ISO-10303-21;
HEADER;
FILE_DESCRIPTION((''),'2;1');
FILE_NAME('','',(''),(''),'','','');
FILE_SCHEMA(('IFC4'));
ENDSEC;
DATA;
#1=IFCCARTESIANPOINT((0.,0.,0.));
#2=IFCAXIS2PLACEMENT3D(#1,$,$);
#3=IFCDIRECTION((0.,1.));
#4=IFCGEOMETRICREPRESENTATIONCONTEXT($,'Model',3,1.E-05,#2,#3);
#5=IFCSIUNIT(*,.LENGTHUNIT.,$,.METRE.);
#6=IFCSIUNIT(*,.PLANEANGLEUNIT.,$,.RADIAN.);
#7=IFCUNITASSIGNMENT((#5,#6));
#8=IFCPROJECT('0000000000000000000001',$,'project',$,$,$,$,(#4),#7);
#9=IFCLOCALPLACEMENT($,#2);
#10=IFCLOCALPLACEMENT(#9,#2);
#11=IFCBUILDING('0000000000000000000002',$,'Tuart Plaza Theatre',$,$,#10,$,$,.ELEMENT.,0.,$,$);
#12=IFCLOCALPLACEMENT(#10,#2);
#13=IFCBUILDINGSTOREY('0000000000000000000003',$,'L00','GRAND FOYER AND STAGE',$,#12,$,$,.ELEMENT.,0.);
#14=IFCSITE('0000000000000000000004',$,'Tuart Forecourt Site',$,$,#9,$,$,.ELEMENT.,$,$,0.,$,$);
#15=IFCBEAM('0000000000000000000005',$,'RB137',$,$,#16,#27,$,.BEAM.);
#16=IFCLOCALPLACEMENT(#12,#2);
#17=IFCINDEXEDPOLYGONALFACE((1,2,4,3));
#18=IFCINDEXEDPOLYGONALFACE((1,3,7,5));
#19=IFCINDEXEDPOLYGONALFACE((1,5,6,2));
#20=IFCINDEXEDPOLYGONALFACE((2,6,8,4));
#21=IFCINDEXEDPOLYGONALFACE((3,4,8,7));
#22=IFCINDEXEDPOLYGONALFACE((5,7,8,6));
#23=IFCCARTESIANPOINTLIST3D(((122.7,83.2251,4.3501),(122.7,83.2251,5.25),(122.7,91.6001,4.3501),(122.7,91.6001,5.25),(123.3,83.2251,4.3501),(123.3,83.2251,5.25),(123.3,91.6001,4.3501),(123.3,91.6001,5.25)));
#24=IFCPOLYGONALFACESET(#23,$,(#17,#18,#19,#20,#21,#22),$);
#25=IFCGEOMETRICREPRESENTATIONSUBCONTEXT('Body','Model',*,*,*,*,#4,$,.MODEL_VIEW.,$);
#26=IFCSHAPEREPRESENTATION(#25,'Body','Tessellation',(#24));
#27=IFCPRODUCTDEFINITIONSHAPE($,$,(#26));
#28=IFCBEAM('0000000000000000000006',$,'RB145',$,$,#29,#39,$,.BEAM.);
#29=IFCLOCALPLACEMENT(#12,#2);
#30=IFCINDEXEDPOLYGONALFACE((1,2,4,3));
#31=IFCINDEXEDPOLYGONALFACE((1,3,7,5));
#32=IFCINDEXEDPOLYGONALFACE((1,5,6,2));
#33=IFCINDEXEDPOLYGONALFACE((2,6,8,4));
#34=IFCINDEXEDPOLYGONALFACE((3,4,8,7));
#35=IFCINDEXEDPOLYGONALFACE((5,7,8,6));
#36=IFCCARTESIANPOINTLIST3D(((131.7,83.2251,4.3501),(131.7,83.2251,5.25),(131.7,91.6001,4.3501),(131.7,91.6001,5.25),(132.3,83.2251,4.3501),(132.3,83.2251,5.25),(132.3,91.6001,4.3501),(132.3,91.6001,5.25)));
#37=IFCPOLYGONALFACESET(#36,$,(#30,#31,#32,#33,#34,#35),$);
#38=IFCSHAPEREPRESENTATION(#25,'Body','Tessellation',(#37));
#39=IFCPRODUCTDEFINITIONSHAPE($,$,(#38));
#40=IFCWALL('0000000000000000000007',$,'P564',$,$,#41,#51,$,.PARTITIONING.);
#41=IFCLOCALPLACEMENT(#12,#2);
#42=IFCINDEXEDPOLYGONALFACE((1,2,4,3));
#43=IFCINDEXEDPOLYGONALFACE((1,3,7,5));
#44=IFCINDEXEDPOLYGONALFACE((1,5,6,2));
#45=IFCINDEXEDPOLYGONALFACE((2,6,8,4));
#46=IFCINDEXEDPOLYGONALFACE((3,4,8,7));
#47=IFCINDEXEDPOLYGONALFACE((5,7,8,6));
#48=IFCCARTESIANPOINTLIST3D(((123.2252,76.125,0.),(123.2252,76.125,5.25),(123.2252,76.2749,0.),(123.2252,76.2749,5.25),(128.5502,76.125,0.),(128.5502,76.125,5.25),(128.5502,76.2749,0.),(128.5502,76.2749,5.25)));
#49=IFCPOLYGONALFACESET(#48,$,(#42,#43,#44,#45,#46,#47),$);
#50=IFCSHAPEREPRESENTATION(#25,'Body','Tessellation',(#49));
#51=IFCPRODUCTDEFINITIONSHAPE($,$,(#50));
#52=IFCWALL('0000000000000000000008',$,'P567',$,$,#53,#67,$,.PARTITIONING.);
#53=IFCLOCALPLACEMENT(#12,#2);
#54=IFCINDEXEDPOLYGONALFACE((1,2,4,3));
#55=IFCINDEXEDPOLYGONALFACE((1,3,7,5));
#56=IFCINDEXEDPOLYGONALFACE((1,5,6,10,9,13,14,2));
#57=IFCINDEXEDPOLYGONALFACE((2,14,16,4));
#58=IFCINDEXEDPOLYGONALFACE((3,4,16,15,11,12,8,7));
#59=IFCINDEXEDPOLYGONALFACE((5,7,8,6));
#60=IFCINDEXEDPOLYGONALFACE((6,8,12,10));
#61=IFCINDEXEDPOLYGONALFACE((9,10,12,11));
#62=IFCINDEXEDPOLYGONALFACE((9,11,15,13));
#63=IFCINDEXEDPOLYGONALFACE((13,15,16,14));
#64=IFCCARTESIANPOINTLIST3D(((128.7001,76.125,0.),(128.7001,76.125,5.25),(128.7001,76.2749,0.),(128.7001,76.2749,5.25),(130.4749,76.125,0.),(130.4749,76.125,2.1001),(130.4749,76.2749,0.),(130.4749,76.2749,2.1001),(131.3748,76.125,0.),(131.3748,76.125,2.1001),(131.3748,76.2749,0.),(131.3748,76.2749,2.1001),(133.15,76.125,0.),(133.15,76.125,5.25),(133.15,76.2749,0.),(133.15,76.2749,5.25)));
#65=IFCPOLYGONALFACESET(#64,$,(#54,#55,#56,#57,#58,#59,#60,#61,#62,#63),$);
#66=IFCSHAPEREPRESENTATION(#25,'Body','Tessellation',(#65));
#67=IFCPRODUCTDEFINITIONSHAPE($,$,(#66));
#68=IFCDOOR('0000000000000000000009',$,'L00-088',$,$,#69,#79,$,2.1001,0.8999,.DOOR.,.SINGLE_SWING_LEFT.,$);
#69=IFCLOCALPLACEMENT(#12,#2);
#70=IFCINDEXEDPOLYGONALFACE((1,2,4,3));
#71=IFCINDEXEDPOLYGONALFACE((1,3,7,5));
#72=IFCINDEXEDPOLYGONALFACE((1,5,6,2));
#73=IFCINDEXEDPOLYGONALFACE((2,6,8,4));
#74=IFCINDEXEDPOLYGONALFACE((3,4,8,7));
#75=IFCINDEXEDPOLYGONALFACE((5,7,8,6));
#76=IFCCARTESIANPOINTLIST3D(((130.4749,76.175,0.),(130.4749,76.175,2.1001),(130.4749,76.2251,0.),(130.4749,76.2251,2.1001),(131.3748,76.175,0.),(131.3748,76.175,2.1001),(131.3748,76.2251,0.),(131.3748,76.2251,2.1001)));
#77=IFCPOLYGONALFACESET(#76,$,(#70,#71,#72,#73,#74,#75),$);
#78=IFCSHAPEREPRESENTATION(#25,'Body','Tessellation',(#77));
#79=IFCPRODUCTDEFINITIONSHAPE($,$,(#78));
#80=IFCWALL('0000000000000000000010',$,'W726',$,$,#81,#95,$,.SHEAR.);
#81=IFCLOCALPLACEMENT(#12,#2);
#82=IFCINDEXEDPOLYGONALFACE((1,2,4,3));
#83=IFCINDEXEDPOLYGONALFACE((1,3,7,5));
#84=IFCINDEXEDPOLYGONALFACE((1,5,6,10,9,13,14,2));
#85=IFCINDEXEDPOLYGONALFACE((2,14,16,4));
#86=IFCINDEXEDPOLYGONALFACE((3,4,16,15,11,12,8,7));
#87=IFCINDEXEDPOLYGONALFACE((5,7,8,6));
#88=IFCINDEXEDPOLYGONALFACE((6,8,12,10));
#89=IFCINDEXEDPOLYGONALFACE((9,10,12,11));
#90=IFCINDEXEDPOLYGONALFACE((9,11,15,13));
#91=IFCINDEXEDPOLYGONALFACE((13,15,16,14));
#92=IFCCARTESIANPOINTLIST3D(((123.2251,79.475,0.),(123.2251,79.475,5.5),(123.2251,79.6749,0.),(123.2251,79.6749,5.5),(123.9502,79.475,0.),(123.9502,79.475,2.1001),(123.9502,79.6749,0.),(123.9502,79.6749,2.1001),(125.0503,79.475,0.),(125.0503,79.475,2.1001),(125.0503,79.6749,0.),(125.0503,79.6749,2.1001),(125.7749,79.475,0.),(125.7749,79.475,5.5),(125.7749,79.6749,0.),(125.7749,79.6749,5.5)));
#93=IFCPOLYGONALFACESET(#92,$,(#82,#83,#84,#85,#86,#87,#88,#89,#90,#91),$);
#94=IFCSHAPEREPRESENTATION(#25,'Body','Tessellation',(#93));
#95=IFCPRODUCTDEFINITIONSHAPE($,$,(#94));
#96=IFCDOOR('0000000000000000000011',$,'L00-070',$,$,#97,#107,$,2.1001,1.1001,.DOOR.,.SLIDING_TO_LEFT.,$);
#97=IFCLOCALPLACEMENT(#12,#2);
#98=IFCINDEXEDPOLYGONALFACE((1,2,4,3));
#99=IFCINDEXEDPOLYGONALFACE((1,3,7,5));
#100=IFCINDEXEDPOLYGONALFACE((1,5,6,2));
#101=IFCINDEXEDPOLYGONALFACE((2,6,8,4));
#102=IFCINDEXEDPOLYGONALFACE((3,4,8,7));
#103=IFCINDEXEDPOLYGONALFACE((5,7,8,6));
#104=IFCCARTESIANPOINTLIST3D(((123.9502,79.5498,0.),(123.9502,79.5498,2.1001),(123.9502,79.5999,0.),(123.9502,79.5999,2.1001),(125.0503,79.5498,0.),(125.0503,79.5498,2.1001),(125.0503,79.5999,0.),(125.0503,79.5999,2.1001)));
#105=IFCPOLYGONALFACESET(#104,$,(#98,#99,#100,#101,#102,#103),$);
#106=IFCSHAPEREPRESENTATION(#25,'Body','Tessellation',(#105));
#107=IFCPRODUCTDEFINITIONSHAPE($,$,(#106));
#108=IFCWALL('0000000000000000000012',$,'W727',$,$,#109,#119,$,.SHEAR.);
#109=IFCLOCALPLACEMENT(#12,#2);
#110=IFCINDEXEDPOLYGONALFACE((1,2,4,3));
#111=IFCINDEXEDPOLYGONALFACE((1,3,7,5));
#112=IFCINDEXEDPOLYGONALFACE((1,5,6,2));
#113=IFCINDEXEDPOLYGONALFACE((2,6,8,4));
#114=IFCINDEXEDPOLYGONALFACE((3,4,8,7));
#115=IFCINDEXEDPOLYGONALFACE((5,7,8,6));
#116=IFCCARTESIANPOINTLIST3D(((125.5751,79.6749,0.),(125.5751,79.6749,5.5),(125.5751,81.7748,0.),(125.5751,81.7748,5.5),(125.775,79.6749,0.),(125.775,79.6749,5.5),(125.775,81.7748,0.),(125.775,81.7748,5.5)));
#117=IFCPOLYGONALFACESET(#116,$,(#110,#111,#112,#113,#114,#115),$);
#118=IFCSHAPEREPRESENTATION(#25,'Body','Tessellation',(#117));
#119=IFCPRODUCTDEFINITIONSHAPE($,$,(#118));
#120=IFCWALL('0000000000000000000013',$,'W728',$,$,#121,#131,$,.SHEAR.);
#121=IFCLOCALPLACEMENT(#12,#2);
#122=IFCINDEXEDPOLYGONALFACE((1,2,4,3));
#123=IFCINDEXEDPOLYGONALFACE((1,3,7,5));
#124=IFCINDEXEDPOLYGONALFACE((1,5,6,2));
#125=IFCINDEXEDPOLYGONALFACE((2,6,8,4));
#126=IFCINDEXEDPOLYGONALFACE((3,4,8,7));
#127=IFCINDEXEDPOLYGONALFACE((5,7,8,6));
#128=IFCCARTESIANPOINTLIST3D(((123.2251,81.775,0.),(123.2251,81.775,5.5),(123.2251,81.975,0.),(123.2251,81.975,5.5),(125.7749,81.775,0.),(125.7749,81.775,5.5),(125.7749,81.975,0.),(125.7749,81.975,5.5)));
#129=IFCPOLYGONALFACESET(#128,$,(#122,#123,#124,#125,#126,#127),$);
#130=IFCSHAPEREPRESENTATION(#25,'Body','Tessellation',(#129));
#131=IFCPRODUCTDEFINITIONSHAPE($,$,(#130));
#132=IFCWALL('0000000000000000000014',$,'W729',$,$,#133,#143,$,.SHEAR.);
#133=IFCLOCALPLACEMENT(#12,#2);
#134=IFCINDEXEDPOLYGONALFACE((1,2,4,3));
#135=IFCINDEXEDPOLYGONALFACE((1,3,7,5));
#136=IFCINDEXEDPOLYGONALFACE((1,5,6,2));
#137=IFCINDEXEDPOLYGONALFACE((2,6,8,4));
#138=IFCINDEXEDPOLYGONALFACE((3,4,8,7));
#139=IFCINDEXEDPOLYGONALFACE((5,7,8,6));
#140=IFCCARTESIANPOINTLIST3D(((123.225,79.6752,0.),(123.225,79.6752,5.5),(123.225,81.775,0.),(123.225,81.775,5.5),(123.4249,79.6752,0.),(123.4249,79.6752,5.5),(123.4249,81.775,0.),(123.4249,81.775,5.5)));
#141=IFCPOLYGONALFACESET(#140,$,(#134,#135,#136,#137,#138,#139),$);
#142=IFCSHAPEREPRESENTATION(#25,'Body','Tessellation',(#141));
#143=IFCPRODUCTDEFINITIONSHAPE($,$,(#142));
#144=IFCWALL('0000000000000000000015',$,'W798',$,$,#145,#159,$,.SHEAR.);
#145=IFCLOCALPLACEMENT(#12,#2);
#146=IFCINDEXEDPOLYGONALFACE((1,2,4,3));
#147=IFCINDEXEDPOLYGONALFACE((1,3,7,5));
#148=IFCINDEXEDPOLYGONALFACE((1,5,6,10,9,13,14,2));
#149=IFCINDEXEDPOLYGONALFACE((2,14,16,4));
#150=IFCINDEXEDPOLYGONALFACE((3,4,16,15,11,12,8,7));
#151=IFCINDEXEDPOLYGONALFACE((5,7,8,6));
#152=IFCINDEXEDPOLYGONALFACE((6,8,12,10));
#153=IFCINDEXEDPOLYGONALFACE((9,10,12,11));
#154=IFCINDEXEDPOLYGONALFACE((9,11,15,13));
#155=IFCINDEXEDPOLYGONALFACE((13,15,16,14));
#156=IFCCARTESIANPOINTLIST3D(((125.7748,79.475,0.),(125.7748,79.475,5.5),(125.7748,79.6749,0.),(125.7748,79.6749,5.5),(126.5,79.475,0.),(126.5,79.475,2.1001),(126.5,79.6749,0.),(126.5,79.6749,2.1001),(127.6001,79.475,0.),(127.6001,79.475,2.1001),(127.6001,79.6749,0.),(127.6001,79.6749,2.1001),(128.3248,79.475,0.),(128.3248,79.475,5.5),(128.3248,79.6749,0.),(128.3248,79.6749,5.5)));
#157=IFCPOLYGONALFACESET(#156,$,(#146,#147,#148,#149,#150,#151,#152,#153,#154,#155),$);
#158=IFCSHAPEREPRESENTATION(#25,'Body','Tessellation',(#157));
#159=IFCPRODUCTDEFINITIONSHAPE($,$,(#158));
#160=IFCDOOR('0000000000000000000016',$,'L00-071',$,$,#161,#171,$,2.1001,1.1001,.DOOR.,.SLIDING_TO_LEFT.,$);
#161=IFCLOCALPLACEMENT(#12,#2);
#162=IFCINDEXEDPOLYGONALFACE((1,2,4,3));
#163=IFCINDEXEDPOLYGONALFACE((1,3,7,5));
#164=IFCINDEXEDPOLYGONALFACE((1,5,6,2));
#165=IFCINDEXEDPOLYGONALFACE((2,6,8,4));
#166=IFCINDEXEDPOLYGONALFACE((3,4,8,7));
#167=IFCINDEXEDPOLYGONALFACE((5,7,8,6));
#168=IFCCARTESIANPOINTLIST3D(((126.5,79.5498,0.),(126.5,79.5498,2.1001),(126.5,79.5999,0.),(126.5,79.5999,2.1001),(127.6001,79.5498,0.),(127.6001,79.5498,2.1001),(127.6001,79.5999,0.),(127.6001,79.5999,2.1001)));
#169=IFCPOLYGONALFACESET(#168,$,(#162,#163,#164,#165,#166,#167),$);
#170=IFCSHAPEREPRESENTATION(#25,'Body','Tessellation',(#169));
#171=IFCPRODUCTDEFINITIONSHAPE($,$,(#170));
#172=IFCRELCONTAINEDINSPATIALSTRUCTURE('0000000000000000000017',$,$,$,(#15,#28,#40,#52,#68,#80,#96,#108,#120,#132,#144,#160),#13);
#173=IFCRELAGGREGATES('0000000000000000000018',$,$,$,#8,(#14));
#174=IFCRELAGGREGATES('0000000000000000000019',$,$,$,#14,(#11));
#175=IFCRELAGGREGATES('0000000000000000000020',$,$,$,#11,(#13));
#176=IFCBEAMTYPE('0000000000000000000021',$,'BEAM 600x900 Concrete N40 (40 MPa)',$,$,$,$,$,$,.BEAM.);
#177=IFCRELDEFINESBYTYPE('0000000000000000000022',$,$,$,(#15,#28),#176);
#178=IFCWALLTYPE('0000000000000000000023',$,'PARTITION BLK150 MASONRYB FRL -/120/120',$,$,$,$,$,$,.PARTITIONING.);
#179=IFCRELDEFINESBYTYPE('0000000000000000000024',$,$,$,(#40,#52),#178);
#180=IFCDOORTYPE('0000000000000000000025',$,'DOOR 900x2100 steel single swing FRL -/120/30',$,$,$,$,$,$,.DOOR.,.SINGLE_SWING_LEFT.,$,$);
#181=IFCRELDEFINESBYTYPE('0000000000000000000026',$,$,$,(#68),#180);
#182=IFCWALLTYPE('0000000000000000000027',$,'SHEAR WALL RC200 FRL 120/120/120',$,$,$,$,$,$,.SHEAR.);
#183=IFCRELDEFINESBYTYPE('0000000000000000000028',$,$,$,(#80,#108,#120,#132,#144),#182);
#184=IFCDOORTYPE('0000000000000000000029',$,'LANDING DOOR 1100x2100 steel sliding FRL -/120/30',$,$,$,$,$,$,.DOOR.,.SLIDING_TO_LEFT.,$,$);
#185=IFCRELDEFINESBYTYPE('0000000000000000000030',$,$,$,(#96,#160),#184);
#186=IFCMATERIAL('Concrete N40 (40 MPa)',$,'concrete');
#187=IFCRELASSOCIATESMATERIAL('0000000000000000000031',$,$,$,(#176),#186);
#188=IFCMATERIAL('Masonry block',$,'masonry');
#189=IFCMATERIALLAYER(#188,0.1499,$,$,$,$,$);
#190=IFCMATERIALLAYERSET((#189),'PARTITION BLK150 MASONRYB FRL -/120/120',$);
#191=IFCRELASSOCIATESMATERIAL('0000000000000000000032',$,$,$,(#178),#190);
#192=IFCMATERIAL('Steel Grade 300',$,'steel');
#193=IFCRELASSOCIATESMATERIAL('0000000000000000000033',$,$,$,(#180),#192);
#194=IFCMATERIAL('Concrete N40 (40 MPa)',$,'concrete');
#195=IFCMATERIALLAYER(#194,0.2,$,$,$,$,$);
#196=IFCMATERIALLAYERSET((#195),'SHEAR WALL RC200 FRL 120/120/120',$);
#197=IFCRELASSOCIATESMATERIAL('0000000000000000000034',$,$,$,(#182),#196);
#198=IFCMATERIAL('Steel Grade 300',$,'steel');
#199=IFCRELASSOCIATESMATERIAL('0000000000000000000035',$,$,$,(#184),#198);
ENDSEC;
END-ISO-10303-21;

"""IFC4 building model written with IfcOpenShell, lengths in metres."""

from ifc_helpers import new_model, si_unit, direction, frame, frame_2d, origin, origin_2d, place, context, subcontext, project, spatial, rectangle, extrude, material, layer, layer_set, material_profile, profile_set, type_object, element, fill, save


model = new_model("IFC4")

# Units and contexts
model_context = context("Model", 3, precision=1e-05, world=origin(), true_north=direction((0.0, 1.0)))
body_context = subcontext(model_context, "Body", "Model", "MODEL_VIEW")
ifc_project = project(units=[si_unit("LENGTHUNIT", "METRE"), si_unit("PLANEANGLEUNIT", "RADIAN")], contexts=[model_context])

# Site, building, storey
site_placement = place(None, origin())
site = spatial("IfcSite", under=ifc_project, at=site_placement, Name="Tuart Forecourt Site", CompositionType="ELEMENT", RefElevation=0.0)
building_placement = place(site_placement, origin())
building = spatial("IfcBuilding", under=site, at=building_placement, Name="Tuart Plaza Theatre", CompositionType="ELEMENT", ElevationOfRefHeight=0.0)
storey_placement = place(building_placement, origin())
storey = spatial("IfcBuildingStorey", under=building, at=storey_placement, Name="L00", Description="GRAND FOYER AND STAGE", CompositionType="ELEMENT", Elevation=0.0)

# Beams
ifc_material_1 = material(Name="Concrete N40 (40 MPa)", Category="concrete")
ifc_material_profile = material_profile(ifc_material_1, rectangle(XDim=0.6001, YDim=0.8999, at=origin_2d()), Name="BEAM 600x900 Concrete N40 (40 MPa)")
ifc_profile_set = profile_set([ifc_material_profile], Name="Concrete N40 (40 MPa)")
beam_type = type_object("IfcBeamType", Name="BEAM 600x900 Concrete N40 (40 MPa)", PredefinedType="BEAM", material=ifc_profile_set)
for number, where, z_axis, x_axis, name in (
    (1, (123.0, 83.2251, 4.8), (0.0, 1.0, 0.0), (-1.0, 0.0, 0.0), "RB137"),
    (2, (132.0, 83.2251, 4.8), (0.0, 1.0, 0.0), (-1.0, 0.0, 0.0), "RB145"),
):
    element("IfcBeam", number, at=place(storey_placement, frame(where, z_axis=z_axis, x_axis=x_axis)), inside=storey, type_object=beam_type, Name=name, PredefinedType="BEAM", context=body_context, shape_type="SweptSolid", body=[
        extrude(rectangle(XDim=0.6001, YDim=0.8999, at=origin_2d()), origin(), (0.0, 0.0, 1.0), 8.375),
    ])

# Wall
ifc_material_2 = material(Name="Masonry block", Category="masonry")
ifc_layer_1 = layer(ifc_material_2, 0.1499)
ifc_layer_set_1 = layer_set([ifc_layer_1], Name="PARTITION BLK150 MASONRYB FRL -/120/120")
wall_type_1 = type_object("IfcWallType", Name="PARTITION BLK150 MASONRYB FRL -/120/120", PredefinedType="PARTITIONING", material=ifc_layer_set_1)
wall_1_placement = place(storey_placement, frame((123.2251, 76.2, 0.0), z_axis=(0.0, 0.0, 1.0), x_axis=(1.0, 0.0, 0.0)))
element("IfcWall", 3, at=wall_1_placement, inside=storey, type_object=wall_type_1, Name="P564", PredefinedType="PARTITIONING", context=body_context, shape_type="SweptSolid", body=[
    extrude(rectangle(XDim=5.325, YDim=0.1499, at=frame_2d((2.6626, 0.0))), origin(), (0.0, 0.0, 1.0), 5.25),
])

# Walls, openings, doors
wall_2_placement = place(storey_placement, frame((128.7, 76.2, 0.0), z_axis=(0.0, 0.0, 1.0), x_axis=(1.0, 0.0, 0.0)))
wall_2 = element("IfcWall", 4, at=wall_2_placement, inside=storey, type_object=wall_type_1, Name="P567", PredefinedType="PARTITIONING", context=body_context, shape_type="SweptSolid", body=[
    extrude(rectangle(XDim=4.45, YDim=0.1499, at=frame_2d((2.2251, 0.0))), origin(), (0.0, 0.0, 1.0), 5.25),
])
opening_1_placement = place(wall_2_placement, frame((1.7749, 0.0, 0.0)))
opening_1 = element("IfcOpeningElement", 5, at=opening_1_placement, cuts=wall_2, PredefinedType="OPENING", context=body_context, shape_type="SweptSolid", body=[
    extrude(rectangle(XDim=0.8999, YDim=2.1001, at=frame_2d((0.45, 1.05))), frame((0.0, 0.085, 0.0), z_axis=(0.0, -1.0, 0.0), x_axis=(1.0, 0.0, 0.0)), (0.0, 0.0, 1.0), 0.1699),
])
ifc_material_3 = material(Name="Steel Grade 300", Category="steel")
door_type_1 = type_object("IfcDoorType", Name="DOOR 900x2100 steel single swing FRL -/120/30", OperationType="SINGLE_SWING_LEFT", PredefinedType="DOOR", material=ifc_material_3)
door_1_placement = place(opening_1_placement, frame((0.8999, 0.0, 0.0), z_axis=(0.0, 0.0, 1.0), x_axis=(-1.0, 0.0, 0.0)))
door_1 = element("IfcDoor", 6, at=door_1_placement, inside=storey, type_object=door_type_1, Name="L00-088", OperationType="SINGLE_SWING_LEFT", OverallHeight=2.1001, OverallWidth=0.8999, PredefinedType="DOOR", context=body_context, shape_type="SweptSolid", body=[
    extrude(rectangle(XDim=0.8999, YDim=2.1001, at=frame_2d((0.45, 1.05))), frame((0.0, 0.0249, 0.0), z_axis=(0.0, -1.0, 0.0), x_axis=(1.0, 0.0, 0.0)), (0.0, 0.0, 1.0), 0.05),
])
fill(opening_1, door_1)
ifc_material_4 = material(Name="Concrete N40 (40 MPa)", Category="concrete")
ifc_layer_2 = layer(ifc_material_4, 0.2)
ifc_layer_set_2 = layer_set([ifc_layer_2], Name="SHEAR WALL RC200 FRL 120/120/120")
wall_type_2 = type_object("IfcWallType", Name="SHEAR WALL RC200 FRL 120/120/120", PredefinedType="SHEAR", material=ifc_layer_set_2)
wall_3_placement = place(storey_placement, frame((123.2251, 79.575, 0.0), z_axis=(0.0, 0.0, 1.0), x_axis=(1.0, 0.0, 0.0)))
wall_3 = element("IfcWall", 7, at=wall_3_placement, inside=storey, type_object=wall_type_2, Name="W726", PredefinedType="SHEAR", context=body_context, shape_type="SweptSolid", body=[
    extrude(rectangle(XDim=2.5498, YDim=0.2, at=frame_2d((1.2749, 0.0))), origin(), (0.0, 0.0, 1.0), 5.5),
])
opening_2_placement = place(wall_3_placement, frame((0.7251, 0.0, 0.0)))
opening_2 = element("IfcOpeningElement", 8, at=opening_2_placement, cuts=wall_3, PredefinedType="OPENING", context=body_context, shape_type="SweptSolid", body=[
    extrude(rectangle(XDim=1.1001, YDim=2.1001, at=frame_2d((0.55, 1.05))), frame((0.0, 0.1099, 0.0), z_axis=(0.0, -1.0, 0.0), x_axis=(1.0, 0.0, 0.0)), (0.0, 0.0, 1.0), 0.22),
])
ifc_material_5 = material(Name="Steel Grade 300", Category="steel")
door_type_2 = type_object("IfcDoorType", Name="LANDING DOOR 1100x2100 steel sliding FRL -/120/30", OperationType="SLIDING_TO_LEFT", PredefinedType="DOOR", material=ifc_material_5)
door_2_placement = place(opening_2_placement, origin())
door_2 = element("IfcDoor", 9, at=door_2_placement, inside=storey, type_object=door_type_2, Name="L00-070", OperationType="SLIDING_TO_LEFT", OverallHeight=2.1001, OverallWidth=1.1001, PredefinedType="DOOR", context=body_context, shape_type="SweptSolid", body=[
    extrude(rectangle(XDim=1.1001, YDim=2.1001, at=frame_2d((0.55, 1.05))), frame((0.0, 0.0249, 0.0), z_axis=(0.0, -1.0, 0.0), x_axis=(1.0, 0.0, 0.0)), (0.0, 0.0, 1.0), 0.05),
])
fill(opening_2, door_2)

# Walls
wall_4_placement = place(storey_placement, frame((125.675, 79.675, 0.0), z_axis=(0.0, 0.0, 1.0), x_axis=(0.0, 1.0, 0.0)))
element("IfcWall", 10, at=wall_4_placement, inside=storey, type_object=wall_type_2, Name="W727", PredefinedType="SHEAR", context=body_context, shape_type="SweptSolid", body=[
    extrude(rectangle(XDim=2.0999, YDim=0.2, at=frame_2d((1.0498, 0.0))), origin(), (0.0, 0.0, 1.0), 5.5),
])
wall_5_placement = place(storey_placement, frame((125.7749, 81.875, 0.0), z_axis=(0.0, 0.0, 1.0), x_axis=(-1.0, 0.0, 0.0)))
element("IfcWall", 11, at=wall_5_placement, inside=storey, type_object=wall_type_2, Name="W728", PredefinedType="SHEAR", context=body_context, shape_type="SweptSolid", body=[
    extrude(rectangle(XDim=2.5498, YDim=0.2, at=frame_2d((1.2749, 0.0))), origin(), (0.0, 0.0, 1.0), 5.5),
])
wall_6_placement = place(storey_placement, frame((123.325, 81.7749, 0.0), z_axis=(0.0, 0.0, 1.0), x_axis=(0.0, -1.0, 0.0)))
element("IfcWall", 12, at=wall_6_placement, inside=storey, type_object=wall_type_2, Name="W729", PredefinedType="SHEAR", context=body_context, shape_type="SweptSolid", body=[
    extrude(rectangle(XDim=2.0999, YDim=0.2, at=frame_2d((1.0498, 0.0))), origin(), (0.0, 0.0, 1.0), 5.5),
])

# Wall, opening, door
wall_7_placement = place(storey_placement, frame((125.7749, 79.575, 0.0), z_axis=(0.0, 0.0, 1.0), x_axis=(1.0, 0.0, 0.0)))
wall_7 = element("IfcWall", 13, at=wall_7_placement, inside=storey, type_object=wall_type_2, Name="W798", PredefinedType="SHEAR", context=body_context, shape_type="SweptSolid", body=[
    extrude(rectangle(XDim=2.55, YDim=0.2, at=frame_2d((1.2749, 0.0))), origin(), (0.0, 0.0, 1.0), 5.5),
])
opening_3_placement = place(wall_7_placement, frame((0.7251, 0.0, 0.0)))
opening_3 = element("IfcOpeningElement", 14, at=opening_3_placement, cuts=wall_7, PredefinedType="OPENING", context=body_context, shape_type="SweptSolid", body=[
    extrude(rectangle(XDim=1.1001, YDim=2.1001, at=frame_2d((0.55, 1.05))), frame((0.0, 0.1099, 0.0), z_axis=(0.0, -1.0, 0.0), x_axis=(1.0, 0.0, 0.0)), (0.0, 0.0, 1.0), 0.22),
])
door_3_placement = place(opening_3_placement, origin())
door_3 = element("IfcDoor", 15, at=door_3_placement, inside=storey, type_object=door_type_2, Name="L00-071", OperationType="SLIDING_TO_LEFT", OverallHeight=2.1001, OverallWidth=1.1001, PredefinedType="DOOR", context=body_context, shape_type="SweptSolid", body=[
    extrude(rectangle(XDim=1.1001, YDim=2.1001, at=frame_2d((0.55, 1.05))), frame((0.0, 0.0249, 0.0), z_axis=(0.0, -1.0, 0.0), x_axis=(1.0, 0.0, 0.0)), (0.0, 0.0, 1.0), 0.05),
])
fill(opening_3, door_3)

save(model, "model.ifc")
